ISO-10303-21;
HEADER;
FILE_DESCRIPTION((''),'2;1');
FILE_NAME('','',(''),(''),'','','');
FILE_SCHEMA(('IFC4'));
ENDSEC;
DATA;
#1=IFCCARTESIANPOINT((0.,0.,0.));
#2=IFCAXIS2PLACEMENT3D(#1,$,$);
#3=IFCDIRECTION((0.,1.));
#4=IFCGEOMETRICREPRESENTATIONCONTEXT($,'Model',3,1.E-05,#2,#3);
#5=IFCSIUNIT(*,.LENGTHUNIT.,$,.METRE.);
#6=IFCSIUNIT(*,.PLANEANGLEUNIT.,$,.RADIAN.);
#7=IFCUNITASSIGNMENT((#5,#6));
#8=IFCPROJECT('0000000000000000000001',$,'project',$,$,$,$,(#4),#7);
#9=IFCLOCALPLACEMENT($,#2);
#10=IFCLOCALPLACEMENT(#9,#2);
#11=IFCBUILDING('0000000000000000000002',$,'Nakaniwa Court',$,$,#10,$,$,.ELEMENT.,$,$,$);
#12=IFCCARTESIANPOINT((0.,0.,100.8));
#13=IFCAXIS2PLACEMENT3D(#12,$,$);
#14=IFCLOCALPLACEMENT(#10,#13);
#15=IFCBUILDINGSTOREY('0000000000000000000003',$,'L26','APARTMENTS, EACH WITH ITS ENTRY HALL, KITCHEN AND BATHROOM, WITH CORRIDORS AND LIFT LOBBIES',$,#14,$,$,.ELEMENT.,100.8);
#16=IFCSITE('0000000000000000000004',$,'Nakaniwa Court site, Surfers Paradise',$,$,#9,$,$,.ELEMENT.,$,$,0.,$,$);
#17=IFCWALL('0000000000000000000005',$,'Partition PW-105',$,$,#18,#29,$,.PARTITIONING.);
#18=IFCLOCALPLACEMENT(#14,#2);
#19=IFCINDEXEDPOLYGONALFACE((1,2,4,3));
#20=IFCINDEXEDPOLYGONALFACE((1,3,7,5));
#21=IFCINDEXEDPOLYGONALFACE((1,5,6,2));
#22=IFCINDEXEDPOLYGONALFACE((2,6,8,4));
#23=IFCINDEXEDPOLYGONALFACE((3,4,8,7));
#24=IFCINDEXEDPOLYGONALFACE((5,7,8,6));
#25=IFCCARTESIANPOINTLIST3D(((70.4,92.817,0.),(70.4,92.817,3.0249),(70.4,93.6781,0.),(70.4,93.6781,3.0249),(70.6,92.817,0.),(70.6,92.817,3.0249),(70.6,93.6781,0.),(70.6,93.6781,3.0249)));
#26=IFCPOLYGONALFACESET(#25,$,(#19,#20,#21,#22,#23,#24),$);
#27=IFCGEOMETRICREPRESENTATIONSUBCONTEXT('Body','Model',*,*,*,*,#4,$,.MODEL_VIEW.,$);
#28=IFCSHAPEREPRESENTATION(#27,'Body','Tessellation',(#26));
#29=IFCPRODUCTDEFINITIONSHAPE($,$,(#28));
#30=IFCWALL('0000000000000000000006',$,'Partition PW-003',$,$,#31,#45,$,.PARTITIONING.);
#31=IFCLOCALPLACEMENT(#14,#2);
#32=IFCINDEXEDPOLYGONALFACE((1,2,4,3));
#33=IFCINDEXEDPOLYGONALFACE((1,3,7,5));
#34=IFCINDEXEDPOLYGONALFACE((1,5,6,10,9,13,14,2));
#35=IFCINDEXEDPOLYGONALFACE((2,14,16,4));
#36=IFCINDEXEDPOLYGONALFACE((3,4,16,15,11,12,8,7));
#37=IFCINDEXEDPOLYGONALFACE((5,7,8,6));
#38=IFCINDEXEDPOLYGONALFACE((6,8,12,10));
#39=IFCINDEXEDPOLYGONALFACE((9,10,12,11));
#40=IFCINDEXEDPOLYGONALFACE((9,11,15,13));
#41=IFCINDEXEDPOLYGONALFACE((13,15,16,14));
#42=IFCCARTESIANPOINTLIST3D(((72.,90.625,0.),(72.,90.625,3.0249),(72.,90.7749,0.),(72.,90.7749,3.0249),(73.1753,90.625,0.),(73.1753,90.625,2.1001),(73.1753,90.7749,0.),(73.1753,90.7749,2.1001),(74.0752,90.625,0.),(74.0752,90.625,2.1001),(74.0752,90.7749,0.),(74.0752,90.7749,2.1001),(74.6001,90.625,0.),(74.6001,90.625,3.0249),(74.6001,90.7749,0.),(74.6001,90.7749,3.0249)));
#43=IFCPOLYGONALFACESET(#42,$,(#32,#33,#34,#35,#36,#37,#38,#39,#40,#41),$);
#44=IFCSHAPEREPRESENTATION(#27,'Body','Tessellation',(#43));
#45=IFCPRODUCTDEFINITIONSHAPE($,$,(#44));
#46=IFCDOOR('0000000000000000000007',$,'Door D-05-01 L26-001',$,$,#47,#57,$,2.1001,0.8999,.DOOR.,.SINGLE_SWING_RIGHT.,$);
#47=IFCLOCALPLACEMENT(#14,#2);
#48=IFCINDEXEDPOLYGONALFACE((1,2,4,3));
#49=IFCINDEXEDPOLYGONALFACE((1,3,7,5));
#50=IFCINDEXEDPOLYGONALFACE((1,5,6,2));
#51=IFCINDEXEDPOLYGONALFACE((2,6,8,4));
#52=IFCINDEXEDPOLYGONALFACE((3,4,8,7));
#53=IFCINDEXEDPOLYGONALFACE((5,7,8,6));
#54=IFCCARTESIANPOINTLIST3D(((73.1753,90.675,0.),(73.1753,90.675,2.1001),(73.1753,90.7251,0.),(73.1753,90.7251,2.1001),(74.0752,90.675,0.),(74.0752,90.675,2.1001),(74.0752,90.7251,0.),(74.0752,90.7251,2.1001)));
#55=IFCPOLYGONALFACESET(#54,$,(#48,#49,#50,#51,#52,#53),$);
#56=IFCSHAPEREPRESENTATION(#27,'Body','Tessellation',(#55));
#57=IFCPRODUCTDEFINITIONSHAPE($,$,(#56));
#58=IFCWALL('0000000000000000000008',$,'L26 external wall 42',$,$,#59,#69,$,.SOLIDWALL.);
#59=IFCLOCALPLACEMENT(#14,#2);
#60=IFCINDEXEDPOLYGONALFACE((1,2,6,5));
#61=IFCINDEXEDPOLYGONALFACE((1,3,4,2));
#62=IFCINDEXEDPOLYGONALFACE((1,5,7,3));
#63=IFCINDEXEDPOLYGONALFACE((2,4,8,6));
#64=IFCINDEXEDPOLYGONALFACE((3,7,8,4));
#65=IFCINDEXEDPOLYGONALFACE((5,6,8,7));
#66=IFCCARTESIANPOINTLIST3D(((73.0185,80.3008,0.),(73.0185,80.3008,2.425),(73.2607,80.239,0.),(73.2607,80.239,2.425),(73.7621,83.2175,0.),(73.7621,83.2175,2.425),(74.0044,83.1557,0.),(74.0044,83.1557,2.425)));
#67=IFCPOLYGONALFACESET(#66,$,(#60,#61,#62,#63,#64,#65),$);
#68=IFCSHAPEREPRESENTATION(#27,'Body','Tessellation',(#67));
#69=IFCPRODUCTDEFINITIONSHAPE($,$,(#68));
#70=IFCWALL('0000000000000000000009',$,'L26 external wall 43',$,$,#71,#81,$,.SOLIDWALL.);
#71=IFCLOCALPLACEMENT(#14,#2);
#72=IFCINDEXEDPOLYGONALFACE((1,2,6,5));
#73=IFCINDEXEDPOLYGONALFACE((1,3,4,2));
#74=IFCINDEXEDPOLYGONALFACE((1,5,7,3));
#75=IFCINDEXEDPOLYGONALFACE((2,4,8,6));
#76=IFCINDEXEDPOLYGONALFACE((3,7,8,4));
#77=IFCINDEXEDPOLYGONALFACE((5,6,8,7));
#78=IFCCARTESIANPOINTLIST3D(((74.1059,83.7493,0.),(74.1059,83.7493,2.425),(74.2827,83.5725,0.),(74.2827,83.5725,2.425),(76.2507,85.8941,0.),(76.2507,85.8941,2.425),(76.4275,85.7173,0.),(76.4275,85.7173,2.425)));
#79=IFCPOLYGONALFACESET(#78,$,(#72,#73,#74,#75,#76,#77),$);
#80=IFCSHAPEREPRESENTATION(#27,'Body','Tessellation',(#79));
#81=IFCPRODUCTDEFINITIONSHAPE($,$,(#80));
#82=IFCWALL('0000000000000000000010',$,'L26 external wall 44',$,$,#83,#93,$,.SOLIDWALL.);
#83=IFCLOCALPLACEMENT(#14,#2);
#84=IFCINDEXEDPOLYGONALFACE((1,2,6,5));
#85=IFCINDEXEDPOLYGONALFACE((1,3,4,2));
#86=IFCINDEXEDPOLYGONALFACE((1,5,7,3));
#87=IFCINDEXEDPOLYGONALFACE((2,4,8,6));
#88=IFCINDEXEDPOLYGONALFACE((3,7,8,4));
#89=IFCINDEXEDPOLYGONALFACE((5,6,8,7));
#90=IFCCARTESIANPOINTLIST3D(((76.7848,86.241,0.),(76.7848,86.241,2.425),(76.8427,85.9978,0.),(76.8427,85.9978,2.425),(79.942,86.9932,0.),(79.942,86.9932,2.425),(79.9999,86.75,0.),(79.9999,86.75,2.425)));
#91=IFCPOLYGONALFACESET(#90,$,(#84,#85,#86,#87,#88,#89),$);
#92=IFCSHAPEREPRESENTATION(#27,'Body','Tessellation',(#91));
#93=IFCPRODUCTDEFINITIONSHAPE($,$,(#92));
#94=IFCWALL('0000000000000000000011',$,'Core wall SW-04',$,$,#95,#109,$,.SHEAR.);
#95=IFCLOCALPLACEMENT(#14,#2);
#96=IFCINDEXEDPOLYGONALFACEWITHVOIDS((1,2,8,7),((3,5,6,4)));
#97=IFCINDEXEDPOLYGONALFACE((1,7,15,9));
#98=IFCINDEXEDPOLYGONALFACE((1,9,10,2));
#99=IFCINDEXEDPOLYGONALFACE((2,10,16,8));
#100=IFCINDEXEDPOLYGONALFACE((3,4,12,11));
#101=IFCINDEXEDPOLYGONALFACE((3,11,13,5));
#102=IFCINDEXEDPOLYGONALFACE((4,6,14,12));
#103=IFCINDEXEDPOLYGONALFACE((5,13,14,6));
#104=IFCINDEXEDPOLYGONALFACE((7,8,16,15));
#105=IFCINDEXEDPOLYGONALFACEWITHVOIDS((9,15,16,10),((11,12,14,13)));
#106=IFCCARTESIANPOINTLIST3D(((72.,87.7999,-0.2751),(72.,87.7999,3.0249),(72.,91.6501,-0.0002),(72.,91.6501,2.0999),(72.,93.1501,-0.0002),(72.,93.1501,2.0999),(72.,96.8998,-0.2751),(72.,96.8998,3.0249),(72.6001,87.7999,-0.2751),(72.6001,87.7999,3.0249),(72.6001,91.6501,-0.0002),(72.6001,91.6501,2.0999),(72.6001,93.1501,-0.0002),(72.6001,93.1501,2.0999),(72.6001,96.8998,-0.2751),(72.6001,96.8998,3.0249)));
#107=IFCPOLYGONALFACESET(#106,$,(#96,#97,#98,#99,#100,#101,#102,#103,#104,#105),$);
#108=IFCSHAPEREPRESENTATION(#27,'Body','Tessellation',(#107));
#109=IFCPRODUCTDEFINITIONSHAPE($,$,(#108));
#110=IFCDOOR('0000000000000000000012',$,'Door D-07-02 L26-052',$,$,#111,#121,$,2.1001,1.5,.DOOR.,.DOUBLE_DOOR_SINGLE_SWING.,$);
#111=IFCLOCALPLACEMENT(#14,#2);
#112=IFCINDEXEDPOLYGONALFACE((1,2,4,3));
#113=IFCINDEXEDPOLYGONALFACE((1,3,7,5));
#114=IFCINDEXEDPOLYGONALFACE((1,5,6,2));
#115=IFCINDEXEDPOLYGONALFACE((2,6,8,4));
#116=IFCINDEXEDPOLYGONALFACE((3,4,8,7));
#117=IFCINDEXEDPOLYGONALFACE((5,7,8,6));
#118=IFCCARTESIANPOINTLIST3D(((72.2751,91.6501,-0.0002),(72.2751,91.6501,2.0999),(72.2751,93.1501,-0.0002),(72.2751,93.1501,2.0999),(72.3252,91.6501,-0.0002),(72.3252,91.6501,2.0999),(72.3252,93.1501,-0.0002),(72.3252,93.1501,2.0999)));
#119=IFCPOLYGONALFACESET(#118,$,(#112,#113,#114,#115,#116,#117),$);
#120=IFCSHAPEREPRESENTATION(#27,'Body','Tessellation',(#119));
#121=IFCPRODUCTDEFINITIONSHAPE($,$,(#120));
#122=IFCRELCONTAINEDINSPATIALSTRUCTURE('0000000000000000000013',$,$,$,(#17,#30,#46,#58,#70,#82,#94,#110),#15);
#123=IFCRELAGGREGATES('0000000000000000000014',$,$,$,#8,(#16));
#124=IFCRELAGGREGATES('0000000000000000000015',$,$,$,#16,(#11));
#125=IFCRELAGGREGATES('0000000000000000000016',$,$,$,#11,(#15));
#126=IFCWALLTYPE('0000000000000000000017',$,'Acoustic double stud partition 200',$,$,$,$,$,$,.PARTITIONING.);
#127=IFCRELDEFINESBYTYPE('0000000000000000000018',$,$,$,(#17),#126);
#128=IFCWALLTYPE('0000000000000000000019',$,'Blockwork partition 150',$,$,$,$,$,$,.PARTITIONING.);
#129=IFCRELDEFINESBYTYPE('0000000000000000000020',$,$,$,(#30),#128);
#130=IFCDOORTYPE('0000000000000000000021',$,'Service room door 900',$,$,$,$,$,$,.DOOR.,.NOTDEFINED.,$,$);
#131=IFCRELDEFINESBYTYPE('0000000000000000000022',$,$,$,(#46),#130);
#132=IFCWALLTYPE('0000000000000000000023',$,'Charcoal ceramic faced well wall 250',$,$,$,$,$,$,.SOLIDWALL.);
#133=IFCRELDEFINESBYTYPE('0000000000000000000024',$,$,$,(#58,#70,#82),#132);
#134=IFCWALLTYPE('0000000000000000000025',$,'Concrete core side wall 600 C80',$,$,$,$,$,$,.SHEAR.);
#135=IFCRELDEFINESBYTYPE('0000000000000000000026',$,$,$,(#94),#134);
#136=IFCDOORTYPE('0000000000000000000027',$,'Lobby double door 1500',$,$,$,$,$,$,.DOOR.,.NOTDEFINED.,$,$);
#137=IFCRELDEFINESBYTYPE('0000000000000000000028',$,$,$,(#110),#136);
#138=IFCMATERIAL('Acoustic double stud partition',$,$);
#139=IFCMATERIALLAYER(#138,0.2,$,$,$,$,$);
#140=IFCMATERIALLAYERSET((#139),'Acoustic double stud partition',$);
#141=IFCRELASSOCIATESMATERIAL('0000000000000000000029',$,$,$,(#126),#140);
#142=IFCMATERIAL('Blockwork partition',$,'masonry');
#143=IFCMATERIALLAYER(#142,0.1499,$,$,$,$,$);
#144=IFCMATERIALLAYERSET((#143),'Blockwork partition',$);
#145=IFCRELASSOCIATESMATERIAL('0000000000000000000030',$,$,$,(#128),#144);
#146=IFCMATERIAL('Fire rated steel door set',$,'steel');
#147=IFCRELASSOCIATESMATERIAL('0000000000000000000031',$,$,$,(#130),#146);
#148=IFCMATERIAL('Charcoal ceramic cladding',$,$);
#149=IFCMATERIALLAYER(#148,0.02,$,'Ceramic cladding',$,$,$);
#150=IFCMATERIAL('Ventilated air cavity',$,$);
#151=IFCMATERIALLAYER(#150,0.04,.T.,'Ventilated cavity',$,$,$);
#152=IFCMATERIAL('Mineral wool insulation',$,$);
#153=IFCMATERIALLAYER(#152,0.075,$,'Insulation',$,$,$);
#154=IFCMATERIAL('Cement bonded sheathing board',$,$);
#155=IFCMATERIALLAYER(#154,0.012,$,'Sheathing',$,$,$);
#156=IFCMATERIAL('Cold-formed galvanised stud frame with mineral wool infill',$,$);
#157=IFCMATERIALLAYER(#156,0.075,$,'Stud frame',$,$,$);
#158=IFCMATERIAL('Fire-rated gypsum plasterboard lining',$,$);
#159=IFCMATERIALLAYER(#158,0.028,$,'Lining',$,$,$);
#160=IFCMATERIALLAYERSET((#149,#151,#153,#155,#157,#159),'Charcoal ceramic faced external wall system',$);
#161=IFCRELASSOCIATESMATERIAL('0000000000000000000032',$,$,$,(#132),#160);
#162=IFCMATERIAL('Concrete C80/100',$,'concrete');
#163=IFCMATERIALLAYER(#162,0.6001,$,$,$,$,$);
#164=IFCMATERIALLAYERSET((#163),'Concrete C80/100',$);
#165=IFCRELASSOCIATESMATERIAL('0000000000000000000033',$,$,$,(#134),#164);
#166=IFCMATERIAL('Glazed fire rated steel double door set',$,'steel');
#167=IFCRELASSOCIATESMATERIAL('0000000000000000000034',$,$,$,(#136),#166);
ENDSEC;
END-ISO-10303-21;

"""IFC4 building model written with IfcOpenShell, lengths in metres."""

from ifc_helpers import new_model, si_unit, direction, frame, frame_2d, origin, place, context, subcontext, project, spatial, rectangle, extrude, material, layer, layer_set, type_object, element, fill, save


model = new_model("IFC4")

# Units and contexts
model_context = context("Model", 3, precision=1e-05, world=origin(), true_north=direction((0.0, 1.0)))
body_context = subcontext(model_context, "Body", "Model", "MODEL_VIEW")
ifc_project = project(units=[si_unit("LENGTHUNIT", "METRE"), si_unit("PLANEANGLEUNIT", "RADIAN")], contexts=[model_context])

# Site, building, storey
site_placement = place(None, origin())
site = spatial("IfcSite", under=ifc_project, at=site_placement, Name="Nakaniwa Court site, Surfers Paradise", CompositionType="ELEMENT", RefElevation=0.0)
building_placement = place(site_placement, origin())
building = spatial("IfcBuilding", under=site, at=building_placement, Name="Nakaniwa Court", CompositionType="ELEMENT")
storey_placement = place(building_placement, frame((0.0, 0.0, 100.8)))
storey = spatial("IfcBuildingStorey", under=building, at=storey_placement, Name="L26", Description="APARTMENTS, EACH WITH ITS ENTRY HALL, KITCHEN AND BATHROOM, WITH CORRIDORS AND LIFT LOBBIES", CompositionType="ELEMENT", Elevation=100.8)

# Shared definitions
ifc_material_1 = material(Name="Concrete C80/100", Category="concrete")

# Shared definitions
ifc_material_2 = material(Name="Acoustic double stud partition")
ifc_layer_1 = layer(ifc_material_2, 0.2)
ifc_layer_set_1 = layer_set([ifc_layer_1], Name="Acoustic double stud partition")
wall_type_1 = type_object("IfcWallType", Name="Acoustic double stud partition 200", PredefinedType="PARTITIONING", material=ifc_layer_set_1)

# Wall
wall_1_placement = place(storey_placement, frame((70.5, 92.8169, 0.0), z_axis=(0.0, 0.0, 1.0), x_axis=(0.0, 1.0, 0.0)))
element("IfcWall", 1, at=wall_1_placement, inside=storey, type_object=wall_type_1, Name="Partition PW-105", PredefinedType="PARTITIONING", context=body_context, shape_type="SweptSolid", body=[
    extrude(rectangle(XDim=0.8611, YDim=0.2, at=frame_2d((0.4307, 0.0))), origin(), (0.0, 0.0, 1.0), 3.0249),
])

# Wall, opening, door
ifc_material_3 = material(Name="Blockwork partition", Category="masonry")
ifc_layer_2 = layer(ifc_material_3, 0.1499)
ifc_layer_set_2 = layer_set([ifc_layer_2], Name="Blockwork partition")
wall_type_2 = type_object("IfcWallType", Name="Blockwork partition 150", PredefinedType="PARTITIONING", material=ifc_layer_set_2)
wall_2_placement = place(storey_placement, frame((74.6001, 90.7, 0.0), z_axis=(0.0, 0.0, 1.0), x_axis=(-1.0, 0.0, 0.0)))
wall_2 = element("IfcWall", 2, at=wall_2_placement, inside=storey, type_object=wall_type_2, Name="Partition PW-003", PredefinedType="PARTITIONING", context=body_context, shape_type="SweptSolid", body=[
    extrude(rectangle(XDim=2.6001, YDim=0.1499, at=frame_2d((1.3, 0.0))), origin(), (0.0, 0.0, 1.0), 3.0249),
])
opening_1_placement = place(wall_2_placement, frame((0.5249, 0.0, 0.0)))
opening_1 = element("IfcOpeningElement", 3, at=opening_1_placement, cuts=wall_2, PredefinedType="OPENING", context=body_context, shape_type="SweptSolid", body=[
    extrude(rectangle(XDim=0.8999, YDim=2.1001, at=frame_2d((0.45, 1.05))), frame((0.0, 0.085, 0.0), z_axis=(0.0, -1.0, 0.0), x_axis=(1.0, 0.0, 0.0)), (0.0, 0.0, 1.0), 0.1699),
])
ifc_material_4 = material(Name="Fire rated steel door set", Category="steel")
door_type_1 = type_object("IfcDoorType", Name="Service room door 900", OperationType="NOTDEFINED", PredefinedType="DOOR", material=ifc_material_4)
door_1_placement = place(opening_1_placement, origin())
door_1 = element("IfcDoor", 4, at=door_1_placement, inside=storey, type_object=door_type_1, Name="Door D-05-01 L26-001", OperationType="SINGLE_SWING_RIGHT", OverallHeight=2.1001, OverallWidth=0.8999, PredefinedType="DOOR", context=body_context, shape_type="SweptSolid", body=[
    extrude(rectangle(XDim=0.8999, YDim=2.1001, at=frame_2d((0.45, 1.05))), frame((0.0, 0.0249, 0.0), z_axis=(0.0, -1.0, 0.0), x_axis=(1.0, 0.0, 0.0)), (0.0, 0.0, 1.0), 0.05),
])
fill(opening_1, door_1)

# Walls
ifc_material_5 = material(Name="Charcoal ceramic cladding")
ifc_layer_3 = layer(ifc_material_5, 0.02, Name="Ceramic cladding")
ifc_material_6 = material(Name="Ventilated air cavity")
ifc_layer_4 = layer(ifc_material_6, 0.04, ventilated=True, Name="Ventilated cavity")
ifc_material_7 = material(Name="Mineral wool insulation")
ifc_layer_5 = layer(ifc_material_7, 0.075, Name="Insulation")
ifc_material_8 = material(Name="Cement bonded sheathing board")
ifc_layer_6 = layer(ifc_material_8, 0.012, Name="Sheathing")
ifc_material_9 = material(Name="Cold-formed galvanised stud frame with mineral wool infill")
ifc_layer_7 = layer(ifc_material_9, 0.075, Name="Stud frame")
ifc_material_10 = material(Name="Fire-rated gypsum plasterboard lining")
ifc_layer_8 = layer(ifc_material_10, 0.028, Name="Lining")
ifc_layer_set_3 = layer_set([ifc_layer_3, ifc_layer_4, ifc_layer_5, ifc_layer_6, ifc_layer_7, ifc_layer_8], Name="Charcoal ceramic faced external wall system")
wall_type_3 = type_object("IfcWallType", Name="Charcoal ceramic faced well wall 250", PredefinedType="SOLIDWALL", material=ifc_layer_set_3)
wall_3_placement = place(storey_placement, frame((73.1396, 80.27, 0.0), z_axis=(0.0, 0.0, 1.0), x_axis=(0.247056, 0.969001, 0.0)))
element("IfcWall", 5, at=wall_3_placement, inside=storey, type_object=wall_type_3, Name="L26 external wall 42", PredefinedType="SOLIDWALL", context=body_context, shape_type="SweptSolid", body=[
    extrude(rectangle(XDim=3.01, YDim=0.25, at=frame_2d((1.5049, 0.0))), origin(), (0.0, 0.0, 1.0), 2.425),
])
wall_4_placement = place(storey_placement, frame((74.1943, 83.6609, 0.0), z_axis=(0.0, 0.0, 1.0), x_axis=(0.707107, 0.707107, 0.0)))
element("IfcWall", 6, at=wall_4_placement, inside=storey, type_object=wall_type_3, Name="L26 external wall 43", PredefinedType="SOLIDWALL", context=body_context, shape_type="SweptSolid", body=[
    extrude(rectangle(XDim=3.0332, YDim=0.25, at=frame_2d((1.5166, 0.0))), origin(), (0.0, 0.0, 1.0), 2.425),
])
wall_5_placement = place(storey_placement, frame((76.8137, 86.1194, 0.0), z_axis=(0.0, 0.0, 1.0), x_axis=(0.972773, 0.23176, 0.0)))
element("IfcWall", 7, at=wall_5_placement, inside=storey, type_object=wall_type_3, Name="L26 external wall 44", PredefinedType="SOLIDWALL", context=body_context, shape_type="SweptSolid", body=[
    extrude(rectangle(XDim=3.2456, YDim=0.25, at=frame_2d((1.6228, 0.0))), origin(), (0.0, 0.0, 1.0), 2.425),
])

# Wall, opening, door
ifc_layer_9 = layer(ifc_material_1, 0.6001)
ifc_layer_set_4 = layer_set([ifc_layer_9], Name="Concrete C80/100")
wall_type_4 = type_object("IfcWallType", Name="Concrete core side wall 600 C80", PredefinedType="SHEAR", material=ifc_layer_set_4)
wall_6_placement = place(storey_placement, frame((72.3, 87.8, -0.2751), z_axis=(0.0, 0.0, 1.0), x_axis=(0.0, 1.0, 0.0)))
wall_6 = element("IfcWall", 8, at=wall_6_placement, inside=storey, type_object=wall_type_4, Name="Core wall SW-04", PredefinedType="SHEAR", context=body_context, shape_type="SweptSolid", body=[
    extrude(rectangle(XDim=9.0999, YDim=0.6001, at=frame_2d((4.5498, 0.0))), origin(), (0.0, 0.0, 1.0), 3.3),
])
opening_2_placement = place(wall_6_placement, frame((3.8501, 0.0, 0.2749)))
opening_2 = element("IfcOpeningElement", 9, at=opening_2_placement, cuts=wall_6, PredefinedType="OPENING", context=body_context, shape_type="SweptSolid", body=[
    extrude(rectangle(XDim=1.5, YDim=2.1001, at=frame_2d((0.75, 1.05))), frame((0.0, 0.3101, 0.0), z_axis=(0.0, -1.0, 0.0), x_axis=(1.0, 0.0, 0.0)), (0.0, 0.0, 1.0), 0.6201),
])
ifc_material_11 = material(Name="Glazed fire rated steel double door set", Category="steel")
door_type_2 = type_object("IfcDoorType", Name="Lobby double door 1500", OperationType="NOTDEFINED", PredefinedType="DOOR", material=ifc_material_11)
door_2_placement = place(opening_2_placement, origin())
door_2 = element("IfcDoor", 10, at=door_2_placement, inside=storey, type_object=door_type_2, Name="Door D-07-02 L26-052", OperationType="DOUBLE_DOOR_SINGLE_SWING", OverallHeight=2.1001, OverallWidth=1.5, PredefinedType="DOOR", context=body_context, shape_type="SweptSolid", body=[
    extrude(rectangle(XDim=1.5, YDim=2.1001, at=frame_2d((0.75, 1.05))), frame((0.0, 0.0249, 0.0), z_axis=(0.0, -1.0, 0.0), x_axis=(1.0, 0.0, 0.0)), (0.0, 0.0, 1.0), 0.05),
])
fill(opening_2, door_2)

save(model, "model.ifc")
